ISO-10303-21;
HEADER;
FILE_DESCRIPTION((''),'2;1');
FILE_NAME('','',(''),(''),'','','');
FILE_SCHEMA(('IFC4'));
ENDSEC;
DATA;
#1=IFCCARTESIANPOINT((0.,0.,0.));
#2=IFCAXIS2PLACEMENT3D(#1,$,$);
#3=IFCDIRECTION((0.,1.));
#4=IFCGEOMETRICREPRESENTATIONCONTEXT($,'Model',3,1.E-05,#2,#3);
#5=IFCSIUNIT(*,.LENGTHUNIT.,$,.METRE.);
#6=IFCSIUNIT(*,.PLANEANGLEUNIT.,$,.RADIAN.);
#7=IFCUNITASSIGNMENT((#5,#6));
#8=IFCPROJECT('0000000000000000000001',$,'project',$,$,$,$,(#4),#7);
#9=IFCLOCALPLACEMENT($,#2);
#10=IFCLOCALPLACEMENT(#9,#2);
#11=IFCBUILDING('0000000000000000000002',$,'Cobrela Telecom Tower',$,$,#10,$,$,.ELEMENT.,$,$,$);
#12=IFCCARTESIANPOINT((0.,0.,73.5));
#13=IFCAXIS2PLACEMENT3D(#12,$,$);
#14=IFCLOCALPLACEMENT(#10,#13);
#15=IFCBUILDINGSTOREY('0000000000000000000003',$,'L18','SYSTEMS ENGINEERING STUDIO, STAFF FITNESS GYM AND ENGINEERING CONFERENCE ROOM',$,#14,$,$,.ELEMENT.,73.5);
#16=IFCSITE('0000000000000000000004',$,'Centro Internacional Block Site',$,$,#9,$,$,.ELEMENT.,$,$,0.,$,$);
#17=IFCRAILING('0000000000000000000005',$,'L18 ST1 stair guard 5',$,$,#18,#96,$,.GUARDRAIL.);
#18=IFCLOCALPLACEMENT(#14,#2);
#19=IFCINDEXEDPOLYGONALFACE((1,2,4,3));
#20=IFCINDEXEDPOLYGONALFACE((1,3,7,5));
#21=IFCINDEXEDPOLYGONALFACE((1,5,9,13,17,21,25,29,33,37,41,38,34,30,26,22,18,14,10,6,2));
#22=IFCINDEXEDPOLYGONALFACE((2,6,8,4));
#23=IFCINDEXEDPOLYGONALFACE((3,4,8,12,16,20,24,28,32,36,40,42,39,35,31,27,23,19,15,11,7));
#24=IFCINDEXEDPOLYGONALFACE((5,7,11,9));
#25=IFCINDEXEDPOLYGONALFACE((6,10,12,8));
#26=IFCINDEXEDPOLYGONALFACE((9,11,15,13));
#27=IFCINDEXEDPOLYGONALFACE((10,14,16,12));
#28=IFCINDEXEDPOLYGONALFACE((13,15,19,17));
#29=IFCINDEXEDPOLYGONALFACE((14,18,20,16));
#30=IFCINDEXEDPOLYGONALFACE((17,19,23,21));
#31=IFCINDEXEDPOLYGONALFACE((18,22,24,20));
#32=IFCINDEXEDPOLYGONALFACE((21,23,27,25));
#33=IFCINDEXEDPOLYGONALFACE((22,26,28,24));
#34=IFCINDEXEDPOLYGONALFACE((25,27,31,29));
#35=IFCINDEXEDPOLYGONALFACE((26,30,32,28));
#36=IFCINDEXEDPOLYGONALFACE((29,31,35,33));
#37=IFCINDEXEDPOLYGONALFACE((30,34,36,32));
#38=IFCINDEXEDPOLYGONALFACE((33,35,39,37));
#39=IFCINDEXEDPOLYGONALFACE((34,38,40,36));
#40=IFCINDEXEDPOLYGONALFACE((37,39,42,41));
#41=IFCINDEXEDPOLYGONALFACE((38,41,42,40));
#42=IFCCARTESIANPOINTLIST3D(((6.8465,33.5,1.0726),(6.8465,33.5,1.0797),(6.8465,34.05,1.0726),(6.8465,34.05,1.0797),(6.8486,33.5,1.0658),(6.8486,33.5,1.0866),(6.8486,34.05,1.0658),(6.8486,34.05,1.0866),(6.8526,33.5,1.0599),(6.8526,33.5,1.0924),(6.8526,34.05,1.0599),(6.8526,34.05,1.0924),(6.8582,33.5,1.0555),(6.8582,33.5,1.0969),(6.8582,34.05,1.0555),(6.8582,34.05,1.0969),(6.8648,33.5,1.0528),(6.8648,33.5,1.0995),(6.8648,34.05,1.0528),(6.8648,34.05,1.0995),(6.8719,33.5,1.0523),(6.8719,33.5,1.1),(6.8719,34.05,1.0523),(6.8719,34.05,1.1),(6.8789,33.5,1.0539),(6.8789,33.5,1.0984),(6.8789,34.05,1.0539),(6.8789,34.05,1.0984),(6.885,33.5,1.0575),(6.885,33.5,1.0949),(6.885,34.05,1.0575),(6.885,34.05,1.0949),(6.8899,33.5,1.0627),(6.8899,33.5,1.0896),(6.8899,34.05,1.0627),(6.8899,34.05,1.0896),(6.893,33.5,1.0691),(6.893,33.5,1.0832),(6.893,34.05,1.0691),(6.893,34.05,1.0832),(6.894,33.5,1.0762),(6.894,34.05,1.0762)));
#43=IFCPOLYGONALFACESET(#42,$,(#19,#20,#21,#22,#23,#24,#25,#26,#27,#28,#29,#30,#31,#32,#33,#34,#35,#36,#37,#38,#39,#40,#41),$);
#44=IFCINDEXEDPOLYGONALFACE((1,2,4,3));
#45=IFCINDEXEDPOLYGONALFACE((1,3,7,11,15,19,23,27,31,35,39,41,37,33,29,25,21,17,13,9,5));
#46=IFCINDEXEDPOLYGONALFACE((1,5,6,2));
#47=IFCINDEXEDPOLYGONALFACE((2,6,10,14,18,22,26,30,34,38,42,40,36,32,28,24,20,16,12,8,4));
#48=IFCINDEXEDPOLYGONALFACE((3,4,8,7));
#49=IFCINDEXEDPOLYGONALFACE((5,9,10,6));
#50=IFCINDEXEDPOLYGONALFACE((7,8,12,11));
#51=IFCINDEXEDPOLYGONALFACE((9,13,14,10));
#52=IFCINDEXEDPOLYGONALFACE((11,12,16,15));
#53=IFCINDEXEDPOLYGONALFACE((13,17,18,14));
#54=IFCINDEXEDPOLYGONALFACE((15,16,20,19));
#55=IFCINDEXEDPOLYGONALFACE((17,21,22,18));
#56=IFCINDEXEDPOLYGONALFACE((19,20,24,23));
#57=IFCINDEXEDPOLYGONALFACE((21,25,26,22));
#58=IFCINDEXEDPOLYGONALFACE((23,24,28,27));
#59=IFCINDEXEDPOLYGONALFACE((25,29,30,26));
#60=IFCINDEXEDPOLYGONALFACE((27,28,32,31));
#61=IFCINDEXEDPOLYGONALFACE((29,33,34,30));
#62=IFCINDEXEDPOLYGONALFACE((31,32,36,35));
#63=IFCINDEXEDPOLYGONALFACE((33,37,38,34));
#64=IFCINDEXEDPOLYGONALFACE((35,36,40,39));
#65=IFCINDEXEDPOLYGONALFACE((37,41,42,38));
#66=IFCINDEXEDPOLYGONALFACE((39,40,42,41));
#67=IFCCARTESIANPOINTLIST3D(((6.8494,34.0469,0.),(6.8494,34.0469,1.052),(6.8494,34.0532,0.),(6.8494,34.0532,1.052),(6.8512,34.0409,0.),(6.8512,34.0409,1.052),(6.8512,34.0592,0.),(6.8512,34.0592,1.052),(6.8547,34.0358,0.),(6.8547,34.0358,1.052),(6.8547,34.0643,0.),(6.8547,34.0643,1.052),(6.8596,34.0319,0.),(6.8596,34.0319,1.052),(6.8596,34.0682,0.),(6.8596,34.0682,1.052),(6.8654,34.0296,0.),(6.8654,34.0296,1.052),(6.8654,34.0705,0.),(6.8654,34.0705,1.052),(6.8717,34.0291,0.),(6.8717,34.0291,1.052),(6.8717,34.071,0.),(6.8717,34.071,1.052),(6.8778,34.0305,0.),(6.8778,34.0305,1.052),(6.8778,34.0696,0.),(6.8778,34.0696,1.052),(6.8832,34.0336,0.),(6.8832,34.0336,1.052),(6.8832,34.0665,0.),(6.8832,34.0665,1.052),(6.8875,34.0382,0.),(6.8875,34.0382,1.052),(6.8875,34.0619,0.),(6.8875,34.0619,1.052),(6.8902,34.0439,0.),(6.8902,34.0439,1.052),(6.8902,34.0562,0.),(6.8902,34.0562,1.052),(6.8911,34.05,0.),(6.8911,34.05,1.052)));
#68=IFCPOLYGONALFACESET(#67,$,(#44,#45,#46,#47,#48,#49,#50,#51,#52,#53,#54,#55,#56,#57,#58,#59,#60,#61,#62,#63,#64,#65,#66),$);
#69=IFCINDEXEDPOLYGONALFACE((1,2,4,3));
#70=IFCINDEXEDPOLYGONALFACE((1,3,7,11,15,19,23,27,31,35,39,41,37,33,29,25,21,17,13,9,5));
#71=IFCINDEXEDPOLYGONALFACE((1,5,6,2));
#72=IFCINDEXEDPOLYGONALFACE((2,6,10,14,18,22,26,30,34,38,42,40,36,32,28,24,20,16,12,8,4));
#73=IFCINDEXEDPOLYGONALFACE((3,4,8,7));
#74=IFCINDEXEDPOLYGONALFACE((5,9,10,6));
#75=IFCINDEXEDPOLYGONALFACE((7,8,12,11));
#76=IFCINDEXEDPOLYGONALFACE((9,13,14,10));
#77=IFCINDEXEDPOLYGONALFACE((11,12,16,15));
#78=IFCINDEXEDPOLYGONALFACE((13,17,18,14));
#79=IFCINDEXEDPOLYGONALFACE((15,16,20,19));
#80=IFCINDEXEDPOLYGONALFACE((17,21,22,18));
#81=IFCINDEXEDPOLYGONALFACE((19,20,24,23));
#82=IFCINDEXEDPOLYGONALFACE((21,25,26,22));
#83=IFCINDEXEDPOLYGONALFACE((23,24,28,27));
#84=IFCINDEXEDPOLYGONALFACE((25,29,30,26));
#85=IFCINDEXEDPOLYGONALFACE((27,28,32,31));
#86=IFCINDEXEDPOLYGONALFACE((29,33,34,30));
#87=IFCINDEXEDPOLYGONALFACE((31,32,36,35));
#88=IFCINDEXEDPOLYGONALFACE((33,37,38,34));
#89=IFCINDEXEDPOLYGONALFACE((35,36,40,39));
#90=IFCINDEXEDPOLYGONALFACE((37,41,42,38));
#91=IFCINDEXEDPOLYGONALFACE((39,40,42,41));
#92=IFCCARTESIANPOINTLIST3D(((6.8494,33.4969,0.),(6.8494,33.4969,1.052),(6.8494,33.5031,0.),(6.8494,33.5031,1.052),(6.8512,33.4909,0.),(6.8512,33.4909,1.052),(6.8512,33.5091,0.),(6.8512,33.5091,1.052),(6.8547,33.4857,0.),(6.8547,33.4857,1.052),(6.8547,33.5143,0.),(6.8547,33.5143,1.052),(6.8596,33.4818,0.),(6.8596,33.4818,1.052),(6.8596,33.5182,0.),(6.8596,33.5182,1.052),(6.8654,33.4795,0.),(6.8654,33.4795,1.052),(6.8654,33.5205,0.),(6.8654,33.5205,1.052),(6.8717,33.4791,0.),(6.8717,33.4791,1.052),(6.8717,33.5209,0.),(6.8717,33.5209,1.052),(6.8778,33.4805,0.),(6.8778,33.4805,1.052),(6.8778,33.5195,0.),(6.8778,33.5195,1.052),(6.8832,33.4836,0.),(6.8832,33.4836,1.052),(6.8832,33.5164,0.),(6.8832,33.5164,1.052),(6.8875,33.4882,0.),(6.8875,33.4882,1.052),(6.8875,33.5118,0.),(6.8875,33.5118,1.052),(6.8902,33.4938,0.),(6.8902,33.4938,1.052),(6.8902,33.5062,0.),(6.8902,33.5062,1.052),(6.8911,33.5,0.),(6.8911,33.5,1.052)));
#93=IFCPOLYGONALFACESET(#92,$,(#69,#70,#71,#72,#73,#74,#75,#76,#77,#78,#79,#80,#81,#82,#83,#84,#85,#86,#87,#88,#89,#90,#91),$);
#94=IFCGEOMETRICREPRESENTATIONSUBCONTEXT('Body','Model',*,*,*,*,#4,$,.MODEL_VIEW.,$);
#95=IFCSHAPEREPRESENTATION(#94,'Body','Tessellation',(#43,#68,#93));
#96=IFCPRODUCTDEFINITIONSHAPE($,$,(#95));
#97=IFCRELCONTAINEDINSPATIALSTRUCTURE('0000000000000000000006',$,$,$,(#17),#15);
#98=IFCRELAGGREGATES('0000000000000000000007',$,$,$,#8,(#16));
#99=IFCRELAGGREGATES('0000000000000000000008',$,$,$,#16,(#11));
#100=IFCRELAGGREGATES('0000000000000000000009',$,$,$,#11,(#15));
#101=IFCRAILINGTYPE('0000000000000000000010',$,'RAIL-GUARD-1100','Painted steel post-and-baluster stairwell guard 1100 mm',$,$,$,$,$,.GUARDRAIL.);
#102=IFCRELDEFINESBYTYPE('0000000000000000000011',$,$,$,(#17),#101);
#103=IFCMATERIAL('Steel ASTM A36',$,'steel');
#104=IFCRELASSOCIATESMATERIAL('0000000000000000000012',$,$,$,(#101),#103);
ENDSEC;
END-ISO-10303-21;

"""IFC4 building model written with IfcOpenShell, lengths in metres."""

from ifc_helpers import new_model, si_unit, direction, frame, origin, origin_2d, place, context, subcontext, project, spatial, circle, extrude, material, type_object, element, save


model = new_model("IFC4")

# Units and contexts
model_context = context("Model", 3, precision=1e-05, world=origin(), true_north=direction((0.0, 1.0)))
body_context = subcontext(model_context, "Body", "Model", "MODEL_VIEW")
ifc_project = project(units=[si_unit("LENGTHUNIT", "METRE"), si_unit("PLANEANGLEUNIT", "RADIAN")], contexts=[model_context])

# Site, building, storey
site_placement = place(None, origin())
site = spatial("IfcSite", under=ifc_project, at=site_placement, Name="Centro Internacional Block Site", CompositionType="ELEMENT", RefElevation=0.0)
building_placement = place(site_placement, origin())
building = spatial("IfcBuilding", under=site, at=building_placement, Name="Cobrela Telecom Tower", CompositionType="ELEMENT")
storey_placement = place(building_placement, frame((0.0, 0.0, 73.5)))
storey = spatial("IfcBuildingStorey", under=building, at=storey_placement, Name="L18", Description="SYSTEMS ENGINEERING STUDIO, STAFF FITNESS GYM AND ENGINEERING CONFERENCE ROOM", CompositionType="ELEMENT", Elevation=73.5)

# Shared definitions
ifc_material_1 = material(Name="Steel ASTM A36", Category="steel")

# Railing
railing_type_1 = type_object("IfcRailingType", Name="RAIL-GUARD-1100", Description="Painted steel post-and-baluster stairwell guard 1100 mm", PredefinedType="GUARDRAIL", material=ifc_material_1)
railing_1_placement = place(storey_placement, frame((6.8701, 34.05, 0.0)))
element("IfcRailing", 1, at=railing_1_placement, inside=storey, type_object=railing_type_1, Name="L18 ST1 stair guard 5", PredefinedType="GUARDRAIL", context=body_context, shape_type="SweptSolid", body=[
    extrude(circle(Radius=0.0239, at=origin_2d()), frame((0.0, 0.0, 1.0762), z_axis=(0.0, -1.0, 0.0), x_axis=(1.0, 0.0, 0.0)), (0.0, 0.0, 1.0), 0.55),
    extrude(circle(Radius=0.021, at=origin_2d()), origin(), (0.0, 0.0, 1.0), 1.052),
    extrude(circle(Radius=0.021, at=origin_2d()), frame((0.0, -0.55, 0.0)), (0.0, 0.0, 1.0), 1.052),
])

save(model, "model.ifc")
